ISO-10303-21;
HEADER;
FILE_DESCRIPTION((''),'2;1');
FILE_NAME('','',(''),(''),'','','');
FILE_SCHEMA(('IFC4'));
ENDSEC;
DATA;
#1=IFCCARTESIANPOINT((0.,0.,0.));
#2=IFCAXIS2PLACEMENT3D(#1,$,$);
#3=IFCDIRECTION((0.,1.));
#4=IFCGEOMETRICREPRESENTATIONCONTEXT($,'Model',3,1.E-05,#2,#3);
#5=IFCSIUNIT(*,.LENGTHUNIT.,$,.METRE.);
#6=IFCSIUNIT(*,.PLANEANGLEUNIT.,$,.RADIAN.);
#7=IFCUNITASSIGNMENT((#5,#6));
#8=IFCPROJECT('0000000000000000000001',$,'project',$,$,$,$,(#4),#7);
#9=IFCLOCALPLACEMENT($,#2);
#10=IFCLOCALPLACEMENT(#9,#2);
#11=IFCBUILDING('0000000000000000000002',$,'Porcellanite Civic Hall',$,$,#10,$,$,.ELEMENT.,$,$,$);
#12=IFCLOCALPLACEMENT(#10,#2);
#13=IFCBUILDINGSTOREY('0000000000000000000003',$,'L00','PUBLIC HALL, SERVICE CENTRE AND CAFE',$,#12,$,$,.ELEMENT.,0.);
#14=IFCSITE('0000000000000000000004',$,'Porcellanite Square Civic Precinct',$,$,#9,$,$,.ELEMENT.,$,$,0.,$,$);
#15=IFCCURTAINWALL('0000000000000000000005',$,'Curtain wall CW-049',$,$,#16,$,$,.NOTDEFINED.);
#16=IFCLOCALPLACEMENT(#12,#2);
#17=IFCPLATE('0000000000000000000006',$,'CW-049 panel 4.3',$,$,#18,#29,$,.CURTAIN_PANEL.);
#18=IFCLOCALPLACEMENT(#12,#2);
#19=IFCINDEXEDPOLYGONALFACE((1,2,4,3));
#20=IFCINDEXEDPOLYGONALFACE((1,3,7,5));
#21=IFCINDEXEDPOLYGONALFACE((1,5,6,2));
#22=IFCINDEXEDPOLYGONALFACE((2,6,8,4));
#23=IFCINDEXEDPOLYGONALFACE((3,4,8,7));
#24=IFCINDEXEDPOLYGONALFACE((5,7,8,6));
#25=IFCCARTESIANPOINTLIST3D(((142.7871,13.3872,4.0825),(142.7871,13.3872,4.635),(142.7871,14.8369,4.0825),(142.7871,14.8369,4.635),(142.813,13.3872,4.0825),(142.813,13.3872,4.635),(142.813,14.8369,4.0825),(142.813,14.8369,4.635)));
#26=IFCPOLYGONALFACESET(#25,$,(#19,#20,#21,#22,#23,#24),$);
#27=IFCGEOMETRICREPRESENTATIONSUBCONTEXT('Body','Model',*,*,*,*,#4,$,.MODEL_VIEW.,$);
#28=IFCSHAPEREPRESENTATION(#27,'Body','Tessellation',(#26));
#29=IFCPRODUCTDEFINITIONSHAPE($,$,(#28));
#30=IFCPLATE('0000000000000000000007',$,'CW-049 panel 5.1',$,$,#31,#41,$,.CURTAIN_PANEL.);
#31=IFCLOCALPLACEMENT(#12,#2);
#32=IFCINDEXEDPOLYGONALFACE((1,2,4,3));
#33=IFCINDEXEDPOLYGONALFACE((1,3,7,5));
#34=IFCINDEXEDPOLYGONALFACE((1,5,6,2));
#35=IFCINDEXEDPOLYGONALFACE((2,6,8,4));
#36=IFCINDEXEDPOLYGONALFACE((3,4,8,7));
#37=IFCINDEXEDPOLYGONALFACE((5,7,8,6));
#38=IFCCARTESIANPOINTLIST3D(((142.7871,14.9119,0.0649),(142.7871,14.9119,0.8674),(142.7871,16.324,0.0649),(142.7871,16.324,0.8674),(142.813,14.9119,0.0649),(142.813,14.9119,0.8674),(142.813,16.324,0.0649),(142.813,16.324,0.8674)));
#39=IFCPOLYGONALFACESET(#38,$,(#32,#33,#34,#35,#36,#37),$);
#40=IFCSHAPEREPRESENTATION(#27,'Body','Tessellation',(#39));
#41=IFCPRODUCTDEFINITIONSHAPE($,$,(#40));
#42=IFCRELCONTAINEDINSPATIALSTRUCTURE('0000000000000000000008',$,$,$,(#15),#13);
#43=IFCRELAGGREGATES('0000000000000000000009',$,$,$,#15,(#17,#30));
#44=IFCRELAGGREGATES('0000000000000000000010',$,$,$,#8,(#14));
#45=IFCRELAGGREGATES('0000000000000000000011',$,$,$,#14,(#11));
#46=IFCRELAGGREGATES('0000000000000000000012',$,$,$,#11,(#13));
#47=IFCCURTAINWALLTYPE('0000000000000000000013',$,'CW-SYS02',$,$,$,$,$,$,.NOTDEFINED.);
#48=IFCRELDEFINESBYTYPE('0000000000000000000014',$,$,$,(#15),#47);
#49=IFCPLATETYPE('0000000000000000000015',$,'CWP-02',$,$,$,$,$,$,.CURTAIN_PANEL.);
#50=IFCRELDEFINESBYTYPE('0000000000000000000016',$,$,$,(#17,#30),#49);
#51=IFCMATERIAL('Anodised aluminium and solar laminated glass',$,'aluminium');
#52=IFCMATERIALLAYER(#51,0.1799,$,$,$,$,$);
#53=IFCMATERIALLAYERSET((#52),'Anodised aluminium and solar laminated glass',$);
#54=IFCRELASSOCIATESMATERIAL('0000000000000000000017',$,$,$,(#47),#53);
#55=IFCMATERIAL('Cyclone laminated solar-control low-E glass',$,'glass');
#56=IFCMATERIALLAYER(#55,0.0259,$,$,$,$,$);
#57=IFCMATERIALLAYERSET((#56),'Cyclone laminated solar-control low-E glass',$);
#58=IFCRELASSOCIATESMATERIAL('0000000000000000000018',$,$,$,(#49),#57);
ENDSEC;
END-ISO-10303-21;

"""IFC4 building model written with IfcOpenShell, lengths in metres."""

from ifc_helpers import new_model, si_unit, direction, frame, origin, origin_2d, place, context, subcontext, project, spatial, rectangle, extrude, material, layer, layer_set, type_object, element, aggregate, save


model = new_model("IFC4")

# Units and contexts
model_context = context("Model", 3, precision=1e-05, world=origin(), true_north=direction((0.0, 1.0)))
body_context = subcontext(model_context, "Body", "Model", "MODEL_VIEW")
ifc_project = project(units=[si_unit("LENGTHUNIT", "METRE"), si_unit("PLANEANGLEUNIT", "RADIAN")], contexts=[model_context])

# Site, building, storey
site_placement = place(None, origin())
site = spatial("IfcSite", under=ifc_project, at=site_placement, Name="Porcellanite Square Civic Precinct", CompositionType="ELEMENT", RefElevation=0.0)
building_placement = place(site_placement, origin())
building = spatial("IfcBuilding", under=site, at=building_placement, Name="Porcellanite Civic Hall", CompositionType="ELEMENT")
storey_placement = place(building_placement, origin())
storey = spatial("IfcBuildingStorey", under=building, at=storey_placement, Name="L00", Description="PUBLIC HALL, SERVICE CENTRE AND CAFE", CompositionType="ELEMENT", Elevation=0.0)

# Curtain wall, plates
ifc_material_1 = material(Name="Anodised aluminium and solar laminated glass", Category="aluminium")
ifc_layer_1 = layer(ifc_material_1, 0.1799)
ifc_layer_set_1 = layer_set([ifc_layer_1], Name="Anodised aluminium and solar laminated glass")
curtain_wall_type = type_object("IfcCurtainWallType", Name="CW-SYS02", PredefinedType="NOTDEFINED", material=ifc_layer_set_1)
curtain_wall_placement = place(storey_placement, origin())
curtain_wall = element("IfcCurtainWall", 1, at=curtain_wall_placement, inside=storey, type_object=curtain_wall_type, Name="Curtain wall CW-049", PredefinedType="NOTDEFINED")
ifc_material_2 = material(Name="Cyclone laminated solar-control low-E glass", Category="glass")
ifc_layer_2 = layer(ifc_material_2, 0.0259)
ifc_layer_set_2 = layer_set([ifc_layer_2], Name="Cyclone laminated solar-control low-E glass")
plate_type = type_object("IfcPlateType", Name="CWP-02", PredefinedType="CURTAIN_PANEL", material=ifc_layer_set_2)
plate_1_placement = place(storey_placement, frame((142.8, 14.1121, 4.0825), z_axis=(0.0, 0.0, 1.0), x_axis=(0.0, 1.0, 0.0)))
plate_1 = element("IfcPlate", 2, at=plate_1_placement, type_object=plate_type, Name="CW-049 panel 4.3", PredefinedType="CURTAIN_PANEL", context=body_context, shape_type="SweptSolid", body=[
    extrude(rectangle(XDim=1.4497, YDim=0.0259, at=origin_2d()), origin(), (0.0, 0.0, 1.0), 0.5525),
])
plate_2_placement = place(storey_placement, frame((142.8, 15.6179, 0.0649), z_axis=(0.0, 0.0, 1.0), x_axis=(0.0, 1.0, 0.0)))
plate_2 = element("IfcPlate", 3, at=plate_2_placement, type_object=plate_type, Name="CW-049 panel 5.1", PredefinedType="CURTAIN_PANEL", context=body_context, shape_type="SweptSolid", body=[
    extrude(rectangle(XDim=1.4121, YDim=0.0259, at=origin_2d()), origin(), (0.0, 0.0, 1.0), 0.8025),
])
aggregate(curtain_wall, [plate_1, plate_2])

save(model, "model.ifc")
